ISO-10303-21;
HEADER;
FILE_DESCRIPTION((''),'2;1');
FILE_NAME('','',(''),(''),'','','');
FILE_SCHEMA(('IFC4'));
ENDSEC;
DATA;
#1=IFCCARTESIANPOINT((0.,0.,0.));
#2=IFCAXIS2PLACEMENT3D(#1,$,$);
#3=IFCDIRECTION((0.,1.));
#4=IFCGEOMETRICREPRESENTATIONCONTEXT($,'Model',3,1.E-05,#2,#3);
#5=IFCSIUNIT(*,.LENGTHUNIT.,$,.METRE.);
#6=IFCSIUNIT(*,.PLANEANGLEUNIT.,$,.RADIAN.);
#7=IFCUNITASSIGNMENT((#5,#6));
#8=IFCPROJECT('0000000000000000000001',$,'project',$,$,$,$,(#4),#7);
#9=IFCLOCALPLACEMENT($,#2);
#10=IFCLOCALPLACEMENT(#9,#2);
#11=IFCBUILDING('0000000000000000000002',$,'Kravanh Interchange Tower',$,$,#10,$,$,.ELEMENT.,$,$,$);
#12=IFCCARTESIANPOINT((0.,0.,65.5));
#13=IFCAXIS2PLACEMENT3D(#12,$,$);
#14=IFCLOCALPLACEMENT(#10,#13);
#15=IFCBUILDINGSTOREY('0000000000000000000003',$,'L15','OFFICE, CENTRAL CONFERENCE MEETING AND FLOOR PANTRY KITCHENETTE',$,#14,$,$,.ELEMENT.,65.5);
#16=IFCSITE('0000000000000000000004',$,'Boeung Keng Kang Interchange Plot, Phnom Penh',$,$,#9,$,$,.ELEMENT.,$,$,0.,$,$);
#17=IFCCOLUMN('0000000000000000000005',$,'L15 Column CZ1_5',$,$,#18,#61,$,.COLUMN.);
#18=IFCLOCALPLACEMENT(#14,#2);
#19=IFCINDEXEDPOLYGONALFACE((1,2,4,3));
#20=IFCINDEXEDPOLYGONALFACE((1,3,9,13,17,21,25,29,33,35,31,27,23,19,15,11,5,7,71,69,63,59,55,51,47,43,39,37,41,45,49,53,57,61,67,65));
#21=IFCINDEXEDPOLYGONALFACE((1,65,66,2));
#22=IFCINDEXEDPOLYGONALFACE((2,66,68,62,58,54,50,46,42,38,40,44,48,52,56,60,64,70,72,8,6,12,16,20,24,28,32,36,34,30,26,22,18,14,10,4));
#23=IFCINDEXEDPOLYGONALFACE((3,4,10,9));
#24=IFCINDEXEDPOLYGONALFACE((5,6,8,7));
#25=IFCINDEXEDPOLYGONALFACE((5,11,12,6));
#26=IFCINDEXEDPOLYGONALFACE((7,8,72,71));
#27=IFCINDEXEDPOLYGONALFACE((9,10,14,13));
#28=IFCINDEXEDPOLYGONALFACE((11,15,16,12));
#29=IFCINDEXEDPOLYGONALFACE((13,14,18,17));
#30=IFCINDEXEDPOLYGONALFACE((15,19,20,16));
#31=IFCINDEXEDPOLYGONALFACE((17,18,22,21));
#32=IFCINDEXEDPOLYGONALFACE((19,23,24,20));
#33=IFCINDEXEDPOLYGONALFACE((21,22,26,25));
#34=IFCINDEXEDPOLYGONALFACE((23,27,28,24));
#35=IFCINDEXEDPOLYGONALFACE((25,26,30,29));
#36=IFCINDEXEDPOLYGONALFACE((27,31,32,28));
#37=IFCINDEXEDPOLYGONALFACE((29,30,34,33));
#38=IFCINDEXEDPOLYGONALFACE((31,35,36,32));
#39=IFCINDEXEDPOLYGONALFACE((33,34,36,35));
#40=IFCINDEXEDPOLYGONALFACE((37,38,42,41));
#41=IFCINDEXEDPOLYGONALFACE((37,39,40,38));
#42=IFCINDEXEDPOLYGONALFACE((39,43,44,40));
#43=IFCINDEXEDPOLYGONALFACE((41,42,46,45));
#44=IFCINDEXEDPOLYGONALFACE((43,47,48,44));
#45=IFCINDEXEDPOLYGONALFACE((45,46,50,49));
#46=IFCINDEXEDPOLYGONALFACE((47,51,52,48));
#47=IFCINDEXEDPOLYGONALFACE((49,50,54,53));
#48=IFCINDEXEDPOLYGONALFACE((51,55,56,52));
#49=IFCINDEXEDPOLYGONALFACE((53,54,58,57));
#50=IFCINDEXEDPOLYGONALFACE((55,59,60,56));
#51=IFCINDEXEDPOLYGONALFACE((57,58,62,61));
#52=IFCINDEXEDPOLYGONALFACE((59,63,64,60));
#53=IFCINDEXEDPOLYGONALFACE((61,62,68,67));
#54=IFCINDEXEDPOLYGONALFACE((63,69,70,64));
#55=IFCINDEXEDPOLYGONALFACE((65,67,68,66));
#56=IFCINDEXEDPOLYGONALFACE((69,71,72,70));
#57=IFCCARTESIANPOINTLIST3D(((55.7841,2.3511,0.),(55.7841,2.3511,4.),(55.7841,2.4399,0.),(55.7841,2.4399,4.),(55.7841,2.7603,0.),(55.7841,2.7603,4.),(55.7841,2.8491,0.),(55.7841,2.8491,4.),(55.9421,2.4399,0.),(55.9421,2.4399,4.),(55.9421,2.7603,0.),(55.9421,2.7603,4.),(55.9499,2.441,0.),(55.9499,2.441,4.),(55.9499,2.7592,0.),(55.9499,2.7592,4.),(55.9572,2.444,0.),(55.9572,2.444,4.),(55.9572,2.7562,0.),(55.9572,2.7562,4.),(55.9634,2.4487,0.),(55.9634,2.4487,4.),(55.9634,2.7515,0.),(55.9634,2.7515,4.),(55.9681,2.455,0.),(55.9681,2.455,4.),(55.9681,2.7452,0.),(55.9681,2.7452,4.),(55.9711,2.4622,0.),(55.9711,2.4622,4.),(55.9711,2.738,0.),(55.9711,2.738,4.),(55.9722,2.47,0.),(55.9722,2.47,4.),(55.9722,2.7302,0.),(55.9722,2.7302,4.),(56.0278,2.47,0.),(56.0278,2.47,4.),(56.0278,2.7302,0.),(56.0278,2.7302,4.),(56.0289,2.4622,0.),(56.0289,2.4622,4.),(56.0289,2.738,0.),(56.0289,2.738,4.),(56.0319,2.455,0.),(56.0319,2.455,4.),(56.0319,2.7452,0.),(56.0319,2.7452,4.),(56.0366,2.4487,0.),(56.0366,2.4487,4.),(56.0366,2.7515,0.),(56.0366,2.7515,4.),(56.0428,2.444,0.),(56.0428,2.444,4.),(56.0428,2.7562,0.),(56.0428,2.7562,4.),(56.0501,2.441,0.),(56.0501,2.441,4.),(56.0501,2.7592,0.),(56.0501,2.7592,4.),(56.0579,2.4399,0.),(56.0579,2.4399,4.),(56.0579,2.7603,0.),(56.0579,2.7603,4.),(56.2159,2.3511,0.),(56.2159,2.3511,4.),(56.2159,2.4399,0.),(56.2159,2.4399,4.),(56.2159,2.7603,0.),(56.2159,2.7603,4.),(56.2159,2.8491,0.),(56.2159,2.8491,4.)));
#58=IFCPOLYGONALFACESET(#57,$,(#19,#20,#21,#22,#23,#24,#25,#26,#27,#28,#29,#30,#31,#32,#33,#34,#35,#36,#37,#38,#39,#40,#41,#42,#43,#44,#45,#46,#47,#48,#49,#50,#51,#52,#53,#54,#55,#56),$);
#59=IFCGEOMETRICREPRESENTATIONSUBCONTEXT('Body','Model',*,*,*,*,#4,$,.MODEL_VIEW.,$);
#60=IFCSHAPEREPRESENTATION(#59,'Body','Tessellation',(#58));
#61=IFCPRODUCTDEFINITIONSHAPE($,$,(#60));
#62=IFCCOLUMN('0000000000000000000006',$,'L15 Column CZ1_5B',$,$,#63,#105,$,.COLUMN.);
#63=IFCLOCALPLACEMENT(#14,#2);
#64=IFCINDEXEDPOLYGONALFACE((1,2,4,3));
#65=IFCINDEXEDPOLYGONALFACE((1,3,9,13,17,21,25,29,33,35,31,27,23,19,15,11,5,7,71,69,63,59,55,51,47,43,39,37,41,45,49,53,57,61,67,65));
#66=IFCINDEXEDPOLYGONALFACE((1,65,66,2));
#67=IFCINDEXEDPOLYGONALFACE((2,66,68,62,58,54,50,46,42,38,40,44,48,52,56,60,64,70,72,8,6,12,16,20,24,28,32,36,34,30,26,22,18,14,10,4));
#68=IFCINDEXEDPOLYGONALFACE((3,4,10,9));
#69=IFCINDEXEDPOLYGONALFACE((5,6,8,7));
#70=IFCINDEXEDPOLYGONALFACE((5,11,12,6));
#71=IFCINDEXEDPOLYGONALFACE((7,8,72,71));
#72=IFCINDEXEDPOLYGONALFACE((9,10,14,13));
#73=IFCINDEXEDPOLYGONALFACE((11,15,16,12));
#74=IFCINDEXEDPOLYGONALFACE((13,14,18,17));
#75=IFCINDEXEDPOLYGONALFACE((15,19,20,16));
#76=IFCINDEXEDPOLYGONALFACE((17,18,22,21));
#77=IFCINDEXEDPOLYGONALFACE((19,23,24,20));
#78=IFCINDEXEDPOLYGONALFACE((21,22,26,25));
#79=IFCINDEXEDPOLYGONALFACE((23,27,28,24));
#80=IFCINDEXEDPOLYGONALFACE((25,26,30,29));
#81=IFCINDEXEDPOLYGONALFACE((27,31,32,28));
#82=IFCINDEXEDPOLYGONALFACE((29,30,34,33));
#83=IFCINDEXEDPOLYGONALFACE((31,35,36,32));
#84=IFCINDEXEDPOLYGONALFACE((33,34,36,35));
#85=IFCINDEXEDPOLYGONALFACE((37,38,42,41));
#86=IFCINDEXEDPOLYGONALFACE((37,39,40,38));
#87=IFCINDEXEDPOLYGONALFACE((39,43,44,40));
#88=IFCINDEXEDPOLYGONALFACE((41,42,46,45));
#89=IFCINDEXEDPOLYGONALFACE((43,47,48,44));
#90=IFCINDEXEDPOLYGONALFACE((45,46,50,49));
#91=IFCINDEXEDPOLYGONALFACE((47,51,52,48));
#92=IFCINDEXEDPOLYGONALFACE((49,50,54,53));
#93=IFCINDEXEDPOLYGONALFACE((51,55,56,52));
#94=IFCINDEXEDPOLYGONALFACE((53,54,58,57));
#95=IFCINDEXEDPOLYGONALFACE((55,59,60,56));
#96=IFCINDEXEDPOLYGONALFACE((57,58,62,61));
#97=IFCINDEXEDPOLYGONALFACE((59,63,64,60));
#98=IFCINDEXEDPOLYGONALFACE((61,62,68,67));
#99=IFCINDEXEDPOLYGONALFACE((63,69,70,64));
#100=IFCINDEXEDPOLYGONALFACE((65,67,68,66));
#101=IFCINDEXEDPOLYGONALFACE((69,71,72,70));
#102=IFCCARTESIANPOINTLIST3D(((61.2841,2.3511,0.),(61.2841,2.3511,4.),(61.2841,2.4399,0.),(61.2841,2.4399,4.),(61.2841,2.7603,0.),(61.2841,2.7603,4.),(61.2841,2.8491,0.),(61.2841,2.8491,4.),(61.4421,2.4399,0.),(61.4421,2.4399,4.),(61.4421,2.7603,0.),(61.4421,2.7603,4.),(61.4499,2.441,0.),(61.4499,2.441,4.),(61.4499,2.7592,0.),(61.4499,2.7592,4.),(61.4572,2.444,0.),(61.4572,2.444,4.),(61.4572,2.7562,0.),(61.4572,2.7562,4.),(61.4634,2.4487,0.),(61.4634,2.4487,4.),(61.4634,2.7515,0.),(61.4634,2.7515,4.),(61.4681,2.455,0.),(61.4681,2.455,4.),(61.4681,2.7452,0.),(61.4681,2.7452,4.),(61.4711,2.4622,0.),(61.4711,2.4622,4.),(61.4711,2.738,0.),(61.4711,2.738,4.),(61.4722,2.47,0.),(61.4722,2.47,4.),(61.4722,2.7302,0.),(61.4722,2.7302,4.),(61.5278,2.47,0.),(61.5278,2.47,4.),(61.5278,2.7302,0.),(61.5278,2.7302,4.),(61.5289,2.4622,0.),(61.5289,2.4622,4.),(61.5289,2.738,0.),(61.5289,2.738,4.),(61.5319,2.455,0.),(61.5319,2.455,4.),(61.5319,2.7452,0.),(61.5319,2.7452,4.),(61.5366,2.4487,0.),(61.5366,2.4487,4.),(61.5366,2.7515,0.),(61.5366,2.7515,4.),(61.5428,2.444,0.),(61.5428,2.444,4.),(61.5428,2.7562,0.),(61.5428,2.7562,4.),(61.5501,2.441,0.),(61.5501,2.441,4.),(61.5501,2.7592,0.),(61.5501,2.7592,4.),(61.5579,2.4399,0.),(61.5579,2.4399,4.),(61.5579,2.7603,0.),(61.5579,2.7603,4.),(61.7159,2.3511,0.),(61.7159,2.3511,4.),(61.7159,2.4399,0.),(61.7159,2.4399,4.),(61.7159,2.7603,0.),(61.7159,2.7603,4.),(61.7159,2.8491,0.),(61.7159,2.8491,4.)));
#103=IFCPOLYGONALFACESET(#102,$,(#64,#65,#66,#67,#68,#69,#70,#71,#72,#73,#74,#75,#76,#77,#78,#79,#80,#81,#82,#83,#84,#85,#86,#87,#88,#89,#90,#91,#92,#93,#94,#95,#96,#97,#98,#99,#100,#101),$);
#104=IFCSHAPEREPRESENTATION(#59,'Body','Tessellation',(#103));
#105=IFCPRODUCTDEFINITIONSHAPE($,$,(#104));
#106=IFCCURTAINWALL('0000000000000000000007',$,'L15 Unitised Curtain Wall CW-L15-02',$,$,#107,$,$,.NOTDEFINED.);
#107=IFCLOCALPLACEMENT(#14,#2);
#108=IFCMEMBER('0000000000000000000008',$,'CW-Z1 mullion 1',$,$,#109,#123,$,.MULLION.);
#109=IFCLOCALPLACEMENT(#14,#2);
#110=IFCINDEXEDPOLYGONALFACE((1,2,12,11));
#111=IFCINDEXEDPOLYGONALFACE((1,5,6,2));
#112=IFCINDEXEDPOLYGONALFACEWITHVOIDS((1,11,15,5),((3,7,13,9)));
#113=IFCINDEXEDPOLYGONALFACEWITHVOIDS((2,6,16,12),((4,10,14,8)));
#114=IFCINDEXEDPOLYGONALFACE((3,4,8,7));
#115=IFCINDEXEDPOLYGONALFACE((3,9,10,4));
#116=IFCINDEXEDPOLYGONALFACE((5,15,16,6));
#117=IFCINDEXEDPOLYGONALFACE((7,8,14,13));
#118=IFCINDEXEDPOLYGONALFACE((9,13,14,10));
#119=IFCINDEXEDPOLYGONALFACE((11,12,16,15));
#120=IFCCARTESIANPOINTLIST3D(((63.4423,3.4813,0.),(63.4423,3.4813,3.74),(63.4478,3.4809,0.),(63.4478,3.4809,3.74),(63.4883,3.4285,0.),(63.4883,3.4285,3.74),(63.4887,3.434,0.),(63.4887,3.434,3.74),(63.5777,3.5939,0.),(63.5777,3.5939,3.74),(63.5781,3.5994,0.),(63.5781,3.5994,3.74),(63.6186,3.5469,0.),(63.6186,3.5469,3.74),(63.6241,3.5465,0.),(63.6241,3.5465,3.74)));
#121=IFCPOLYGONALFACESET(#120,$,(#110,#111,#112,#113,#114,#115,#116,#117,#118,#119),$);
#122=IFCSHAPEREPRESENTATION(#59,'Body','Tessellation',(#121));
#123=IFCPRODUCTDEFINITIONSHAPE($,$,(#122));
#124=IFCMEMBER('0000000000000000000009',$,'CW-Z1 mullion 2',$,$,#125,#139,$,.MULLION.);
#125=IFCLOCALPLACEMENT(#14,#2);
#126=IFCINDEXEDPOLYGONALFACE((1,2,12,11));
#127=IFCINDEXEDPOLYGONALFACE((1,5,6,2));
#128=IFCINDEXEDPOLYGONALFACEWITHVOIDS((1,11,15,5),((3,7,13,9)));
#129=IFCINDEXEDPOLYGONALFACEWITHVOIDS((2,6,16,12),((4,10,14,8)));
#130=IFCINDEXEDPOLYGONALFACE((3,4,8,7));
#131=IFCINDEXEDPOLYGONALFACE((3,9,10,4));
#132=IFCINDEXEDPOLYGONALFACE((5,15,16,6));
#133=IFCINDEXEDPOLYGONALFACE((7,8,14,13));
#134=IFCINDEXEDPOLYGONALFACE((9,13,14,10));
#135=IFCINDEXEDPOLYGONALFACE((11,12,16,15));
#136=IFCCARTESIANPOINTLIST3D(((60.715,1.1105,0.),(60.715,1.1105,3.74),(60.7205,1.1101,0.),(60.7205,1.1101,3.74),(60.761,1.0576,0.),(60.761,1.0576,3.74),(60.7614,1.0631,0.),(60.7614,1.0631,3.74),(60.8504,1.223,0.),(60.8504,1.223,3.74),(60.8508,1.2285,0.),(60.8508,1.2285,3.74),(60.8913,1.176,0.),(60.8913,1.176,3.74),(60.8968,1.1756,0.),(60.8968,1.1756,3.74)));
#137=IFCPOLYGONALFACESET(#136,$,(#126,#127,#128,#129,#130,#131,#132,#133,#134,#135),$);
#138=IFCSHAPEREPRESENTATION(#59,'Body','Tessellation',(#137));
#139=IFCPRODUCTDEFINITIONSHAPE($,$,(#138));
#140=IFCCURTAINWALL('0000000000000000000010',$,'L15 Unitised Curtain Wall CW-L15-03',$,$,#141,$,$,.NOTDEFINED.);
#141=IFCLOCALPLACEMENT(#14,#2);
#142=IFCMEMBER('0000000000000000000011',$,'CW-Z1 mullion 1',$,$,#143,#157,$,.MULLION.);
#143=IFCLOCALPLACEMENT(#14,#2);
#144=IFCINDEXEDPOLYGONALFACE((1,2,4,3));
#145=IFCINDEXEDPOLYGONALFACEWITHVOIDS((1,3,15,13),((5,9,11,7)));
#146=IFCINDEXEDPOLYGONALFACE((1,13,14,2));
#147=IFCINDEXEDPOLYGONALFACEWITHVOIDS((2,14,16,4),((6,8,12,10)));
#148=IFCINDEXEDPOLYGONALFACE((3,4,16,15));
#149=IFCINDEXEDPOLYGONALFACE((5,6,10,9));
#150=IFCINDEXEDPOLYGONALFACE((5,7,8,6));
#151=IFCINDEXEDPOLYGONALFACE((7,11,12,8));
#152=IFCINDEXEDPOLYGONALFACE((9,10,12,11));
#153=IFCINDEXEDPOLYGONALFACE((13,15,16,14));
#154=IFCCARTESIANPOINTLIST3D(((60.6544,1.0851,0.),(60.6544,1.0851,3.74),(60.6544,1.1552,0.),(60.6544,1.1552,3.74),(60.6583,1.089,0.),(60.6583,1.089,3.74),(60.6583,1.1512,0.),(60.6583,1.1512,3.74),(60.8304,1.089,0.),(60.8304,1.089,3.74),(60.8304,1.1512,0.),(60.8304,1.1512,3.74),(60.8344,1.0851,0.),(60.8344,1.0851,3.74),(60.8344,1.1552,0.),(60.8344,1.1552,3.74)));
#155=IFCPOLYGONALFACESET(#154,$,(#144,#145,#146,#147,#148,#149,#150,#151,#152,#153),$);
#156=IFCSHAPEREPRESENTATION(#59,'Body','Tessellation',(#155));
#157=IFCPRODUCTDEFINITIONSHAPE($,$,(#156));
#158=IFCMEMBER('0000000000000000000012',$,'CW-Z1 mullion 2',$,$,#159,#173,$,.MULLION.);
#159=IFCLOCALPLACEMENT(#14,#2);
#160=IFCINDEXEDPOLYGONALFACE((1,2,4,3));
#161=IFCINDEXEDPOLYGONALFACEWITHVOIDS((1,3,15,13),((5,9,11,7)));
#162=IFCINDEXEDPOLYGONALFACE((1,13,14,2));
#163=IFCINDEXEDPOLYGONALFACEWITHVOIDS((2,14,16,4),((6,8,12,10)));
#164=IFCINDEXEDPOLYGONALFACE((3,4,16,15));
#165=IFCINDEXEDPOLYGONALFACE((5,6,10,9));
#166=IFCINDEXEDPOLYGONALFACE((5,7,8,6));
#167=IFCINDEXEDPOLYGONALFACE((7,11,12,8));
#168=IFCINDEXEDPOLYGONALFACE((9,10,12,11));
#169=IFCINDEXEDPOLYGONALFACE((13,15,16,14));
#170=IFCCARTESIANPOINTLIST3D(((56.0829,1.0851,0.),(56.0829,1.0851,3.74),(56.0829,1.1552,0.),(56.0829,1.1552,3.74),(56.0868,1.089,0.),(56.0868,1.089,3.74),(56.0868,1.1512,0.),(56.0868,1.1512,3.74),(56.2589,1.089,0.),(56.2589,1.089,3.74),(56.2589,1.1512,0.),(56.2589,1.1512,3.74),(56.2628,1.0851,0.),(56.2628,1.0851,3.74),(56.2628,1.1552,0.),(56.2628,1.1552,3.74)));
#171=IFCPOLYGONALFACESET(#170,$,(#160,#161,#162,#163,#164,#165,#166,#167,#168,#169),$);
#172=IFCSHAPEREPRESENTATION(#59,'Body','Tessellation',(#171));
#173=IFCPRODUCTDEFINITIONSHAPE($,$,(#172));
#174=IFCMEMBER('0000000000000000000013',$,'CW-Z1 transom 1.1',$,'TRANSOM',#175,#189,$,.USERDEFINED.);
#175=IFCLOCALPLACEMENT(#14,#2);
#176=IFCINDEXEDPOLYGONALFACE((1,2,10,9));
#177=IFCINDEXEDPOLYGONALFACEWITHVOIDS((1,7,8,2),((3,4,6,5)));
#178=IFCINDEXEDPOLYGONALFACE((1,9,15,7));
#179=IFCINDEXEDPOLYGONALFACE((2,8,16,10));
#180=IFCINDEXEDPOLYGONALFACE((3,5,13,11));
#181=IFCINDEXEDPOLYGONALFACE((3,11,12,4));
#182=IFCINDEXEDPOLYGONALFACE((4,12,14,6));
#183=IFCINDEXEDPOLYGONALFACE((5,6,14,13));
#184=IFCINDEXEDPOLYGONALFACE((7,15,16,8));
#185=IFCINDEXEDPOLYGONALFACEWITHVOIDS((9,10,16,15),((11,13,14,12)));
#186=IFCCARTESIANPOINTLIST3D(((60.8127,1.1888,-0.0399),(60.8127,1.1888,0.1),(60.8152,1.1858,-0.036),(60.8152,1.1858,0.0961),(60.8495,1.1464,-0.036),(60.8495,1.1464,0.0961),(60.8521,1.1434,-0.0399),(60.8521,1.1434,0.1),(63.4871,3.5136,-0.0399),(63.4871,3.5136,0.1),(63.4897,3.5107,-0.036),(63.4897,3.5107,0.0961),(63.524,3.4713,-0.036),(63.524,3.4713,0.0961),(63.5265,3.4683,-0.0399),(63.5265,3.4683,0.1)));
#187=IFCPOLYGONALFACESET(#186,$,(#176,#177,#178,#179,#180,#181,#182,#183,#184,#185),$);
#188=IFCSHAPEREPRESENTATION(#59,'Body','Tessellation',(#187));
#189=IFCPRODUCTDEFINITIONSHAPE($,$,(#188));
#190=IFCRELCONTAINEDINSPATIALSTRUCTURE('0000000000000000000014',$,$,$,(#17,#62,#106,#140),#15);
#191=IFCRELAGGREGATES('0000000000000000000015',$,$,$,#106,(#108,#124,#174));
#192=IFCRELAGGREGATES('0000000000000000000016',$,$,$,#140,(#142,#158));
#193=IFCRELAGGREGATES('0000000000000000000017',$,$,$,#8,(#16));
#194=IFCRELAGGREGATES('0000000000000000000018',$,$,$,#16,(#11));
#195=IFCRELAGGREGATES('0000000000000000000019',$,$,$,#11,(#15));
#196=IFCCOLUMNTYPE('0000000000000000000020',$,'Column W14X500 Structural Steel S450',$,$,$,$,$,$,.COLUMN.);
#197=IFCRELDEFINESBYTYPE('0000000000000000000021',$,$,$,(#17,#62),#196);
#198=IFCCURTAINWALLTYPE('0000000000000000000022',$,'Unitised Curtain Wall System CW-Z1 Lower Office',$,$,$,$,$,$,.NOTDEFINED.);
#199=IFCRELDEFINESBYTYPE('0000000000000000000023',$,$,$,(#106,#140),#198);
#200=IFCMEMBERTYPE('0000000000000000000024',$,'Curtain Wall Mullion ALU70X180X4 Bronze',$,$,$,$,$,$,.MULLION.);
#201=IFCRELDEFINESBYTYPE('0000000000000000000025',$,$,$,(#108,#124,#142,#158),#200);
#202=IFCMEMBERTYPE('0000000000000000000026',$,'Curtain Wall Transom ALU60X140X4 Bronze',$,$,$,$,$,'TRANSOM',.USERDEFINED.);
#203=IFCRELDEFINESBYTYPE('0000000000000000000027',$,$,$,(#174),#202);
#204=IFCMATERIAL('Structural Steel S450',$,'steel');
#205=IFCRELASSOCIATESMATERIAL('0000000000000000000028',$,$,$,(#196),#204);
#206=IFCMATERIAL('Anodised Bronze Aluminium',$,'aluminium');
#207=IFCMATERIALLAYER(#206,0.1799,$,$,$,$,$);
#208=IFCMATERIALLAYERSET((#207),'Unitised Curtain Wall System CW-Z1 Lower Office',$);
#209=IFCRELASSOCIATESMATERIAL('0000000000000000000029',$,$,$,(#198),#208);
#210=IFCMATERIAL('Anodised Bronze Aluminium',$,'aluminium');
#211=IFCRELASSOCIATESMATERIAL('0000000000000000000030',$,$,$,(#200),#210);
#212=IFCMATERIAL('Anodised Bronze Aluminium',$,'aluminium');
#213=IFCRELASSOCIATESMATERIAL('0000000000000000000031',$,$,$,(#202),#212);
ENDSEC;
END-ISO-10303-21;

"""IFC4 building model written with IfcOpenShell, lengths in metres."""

from ifc_helpers import new_model, si_unit, direction, frame, origin, origin_2d, place, context, subcontext, project, spatial, hollow_rectangle, i_section, extrude, material, layer, layer_set, material_profile, profile_set, type_object, element, aggregate, save


model = new_model("IFC4")

# Units and contexts
model_context = context("Model", 3, precision=1e-05, world=origin(), true_north=direction((0.0, 1.0)))
body_context = subcontext(model_context, "Body", "Model", "MODEL_VIEW")
ifc_project = project(units=[si_unit("LENGTHUNIT", "METRE"), si_unit("PLANEANGLEUNIT", "RADIAN")], contexts=[model_context])

# Site, building, storey
site_placement = place(None, origin())
site = spatial("IfcSite", under=ifc_project, at=site_placement, Name="Boeung Keng Kang Interchange Plot, Phnom Penh", CompositionType="ELEMENT", RefElevation=0.0)
building_placement = place(site_placement, origin())
building = spatial("IfcBuilding", under=site, at=building_placement, Name="Kravanh Interchange Tower", CompositionType="ELEMENT")
storey_placement = place(building_placement, frame((0.0, 0.0, 65.5)))
storey = spatial("IfcBuildingStorey", under=building, at=storey_placement, Name="L15", Description="OFFICE, CENTRAL CONFERENCE MEETING AND FLOOR PANTRY KITCHENETTE", CompositionType="ELEMENT", Elevation=65.5)

# Columns
ifc_material_1 = material(Name="Structural Steel S450", Category="steel")
ifc_material_profile_1 = material_profile(ifc_material_1, i_section(OverallWidth=0.4319, OverallDepth=0.498, WebThickness=0.0557, FlangeThickness=0.0889, FilletRadius=0.03, at=origin_2d()), Name="W14X500")
ifc_profile_set_1 = profile_set([ifc_material_profile_1], Name="Structural Steel S450")
column_type = type_object("IfcColumnType", Name="Column W14X500 Structural Steel S450", PredefinedType="COLUMN", material=ifc_profile_set_1)
for number, where, z_axis, x_axis, name in (
    (1, (56.0, 2.6001, 0.0), (0.0, 0.0, 1.0), (1.0, 0.0, 0.0), "L15 Column CZ1_5"),
    (2, (61.5, 2.6001, 0.0), (0.0, 0.0, 1.0), (1.0, 0.0, 0.0), "L15 Column CZ1_5B"),
):
    element("IfcColumn", number, at=place(storey_placement, frame(where, z_axis=z_axis, x_axis=x_axis)), inside=storey, type_object=column_type, Name=name, PredefinedType="COLUMN", context=body_context, shape_type="SweptSolid", body=[
        extrude(i_section(OverallWidth=0.4319, OverallDepth=0.498, WebThickness=0.0557, FlangeThickness=0.0889, FilletRadius=0.03, at=origin_2d()), origin(), (0.0, 0.0, 1.0), 4.0),
    ])

# Curtain walls, members
ifc_material_2 = material(Name="Anodised Bronze Aluminium", Category="aluminium")
ifc_layer_1 = layer(ifc_material_2, 0.1799)
ifc_layer_set_1 = layer_set([ifc_layer_1], Name="Unitised Curtain Wall System CW-Z1 Lower Office")
curtain_wall_type = type_object("IfcCurtainWallType", Name="Unitised Curtain Wall System CW-Z1 Lower Office", PredefinedType="NOTDEFINED", material=ifc_layer_set_1)
curtain_wall_1_placement = place(storey_placement, origin())
curtain_wall_1 = element("IfcCurtainWall", 3, at=curtain_wall_1_placement, inside=storey, type_object=curtain_wall_type, Name="L15 Unitised Curtain Wall CW-L15-02", PredefinedType="NOTDEFINED")
ifc_material_3 = material(Name="Anodised Bronze Aluminium", Category="aluminium")
ifc_material_profile_2 = material_profile(ifc_material_3, hollow_rectangle(XDim=0.0701, YDim=0.1799, WallThickness=0.0039, at=origin_2d()), Name="ALU70X180X4")
ifc_profile_set_2 = profile_set([ifc_material_profile_2], Name="Anodised Bronze Aluminium")
member_type_1 = type_object("IfcMemberType", Name="Curtain Wall Mullion ALU70X180X4 Bronze", PredefinedType="MULLION", material=ifc_profile_set_2)
member_1_placement = place(storey_placement, frame((63.5332, 3.5139, 0.0), z_axis=(0.0, 0.0, 1.0), x_axis=(0.65606, -0.754708, 0.0)))
member_1 = element("IfcMember", 4, at=member_1_placement, type_object=member_type_1, Name="CW-Z1 mullion 1", PredefinedType="MULLION", context=body_context, shape_type="SweptSolid", body=[
    extrude(hollow_rectangle(XDim=0.0701, YDim=0.1799, WallThickness=0.0039, at=origin_2d()), origin(), (0.0, 0.0, 1.0), 3.74),
])
member_2_placement = place(storey_placement, frame((60.8059, 1.1431, 0.0), z_axis=(0.0, 0.0, 1.0), x_axis=(0.65606, -0.754708, 0.0)))
member_2 = element("IfcMember", 5, at=member_2_placement, type_object=member_type_1, Name="CW-Z1 mullion 2", PredefinedType="MULLION", context=body_context, shape_type="SweptSolid", body=[
    extrude(hollow_rectangle(XDim=0.0701, YDim=0.1799, WallThickness=0.0039, at=origin_2d()), origin(), (0.0, 0.0, 1.0), 3.74),
])
curtain_wall_2_placement = place(storey_placement, origin())
curtain_wall_2 = element("IfcCurtainWall", 6, at=curtain_wall_2_placement, inside=storey, type_object=curtain_wall_type, Name="L15 Unitised Curtain Wall CW-L15-03", PredefinedType="NOTDEFINED")
member_3_placement = place(storey_placement, frame((60.7444, 1.1201, 0.0), z_axis=(0.0, 0.0, 1.0), x_axis=(0.0, -1.0, 0.0)))
member_3 = element("IfcMember", 7, at=member_3_placement, type_object=member_type_1, Name="CW-Z1 mullion 1", PredefinedType="MULLION", context=body_context, shape_type="SweptSolid", body=[
    extrude(hollow_rectangle(XDim=0.0701, YDim=0.1799, WallThickness=0.0039, at=origin_2d()), origin(), (0.0, 0.0, 1.0), 3.74),
])
member_4_placement = place(storey_placement, frame((56.1729, 1.1201, 0.0), z_axis=(0.0, 0.0, 1.0), x_axis=(0.0, -1.0, 0.0)))
member_4 = element("IfcMember", 8, at=member_4_placement, type_object=member_type_1, Name="CW-Z1 mullion 2", PredefinedType="MULLION", context=body_context, shape_type="SweptSolid", body=[
    extrude(hollow_rectangle(XDim=0.0701, YDim=0.1799, WallThickness=0.0039, at=origin_2d()), origin(), (0.0, 0.0, 1.0), 3.74),
])

# Member
ifc_material_4 = material(Name="Anodised Bronze Aluminium", Category="aluminium")
ifc_material_profile_3 = material_profile(ifc_material_4, hollow_rectangle(XDim=0.0601, YDim=0.1399, WallThickness=0.0039, at=origin_2d()), Name="ALU60X140X4")
ifc_profile_set_3 = profile_set([ifc_material_profile_3], Name="Anodised Bronze Aluminium")
member_type_2 = type_object("IfcMemberType", Name="Curtain Wall Transom ALU60X140X4 Bronze", ElementType="TRANSOM", PredefinedType="USERDEFINED", material=ifc_profile_set_3)
member_5_placement = place(storey_placement, frame((63.5068, 3.491, 0.03), z_axis=(-0.754711, -0.656058, 0.0), x_axis=(0.656058, -0.754711, 0.0)))
member_5 = element("IfcMember", 9, at=member_5_placement, type_object=member_type_2, Name="CW-Z1 transom 1.1", ObjectType="TRANSOM", PredefinedType="USERDEFINED", context=body_context, shape_type="SweptSolid", body=[
    extrude(hollow_rectangle(XDim=0.0601, YDim=0.1399, WallThickness=0.0039, at=origin_2d()), origin(), (0.0, 0.0, 1.0), 3.5437),
])

aggregate(curtain_wall_1, [member_1, member_2, member_5])
aggregate(curtain_wall_2, [member_3, member_4])

save(model, "model.ifc")
